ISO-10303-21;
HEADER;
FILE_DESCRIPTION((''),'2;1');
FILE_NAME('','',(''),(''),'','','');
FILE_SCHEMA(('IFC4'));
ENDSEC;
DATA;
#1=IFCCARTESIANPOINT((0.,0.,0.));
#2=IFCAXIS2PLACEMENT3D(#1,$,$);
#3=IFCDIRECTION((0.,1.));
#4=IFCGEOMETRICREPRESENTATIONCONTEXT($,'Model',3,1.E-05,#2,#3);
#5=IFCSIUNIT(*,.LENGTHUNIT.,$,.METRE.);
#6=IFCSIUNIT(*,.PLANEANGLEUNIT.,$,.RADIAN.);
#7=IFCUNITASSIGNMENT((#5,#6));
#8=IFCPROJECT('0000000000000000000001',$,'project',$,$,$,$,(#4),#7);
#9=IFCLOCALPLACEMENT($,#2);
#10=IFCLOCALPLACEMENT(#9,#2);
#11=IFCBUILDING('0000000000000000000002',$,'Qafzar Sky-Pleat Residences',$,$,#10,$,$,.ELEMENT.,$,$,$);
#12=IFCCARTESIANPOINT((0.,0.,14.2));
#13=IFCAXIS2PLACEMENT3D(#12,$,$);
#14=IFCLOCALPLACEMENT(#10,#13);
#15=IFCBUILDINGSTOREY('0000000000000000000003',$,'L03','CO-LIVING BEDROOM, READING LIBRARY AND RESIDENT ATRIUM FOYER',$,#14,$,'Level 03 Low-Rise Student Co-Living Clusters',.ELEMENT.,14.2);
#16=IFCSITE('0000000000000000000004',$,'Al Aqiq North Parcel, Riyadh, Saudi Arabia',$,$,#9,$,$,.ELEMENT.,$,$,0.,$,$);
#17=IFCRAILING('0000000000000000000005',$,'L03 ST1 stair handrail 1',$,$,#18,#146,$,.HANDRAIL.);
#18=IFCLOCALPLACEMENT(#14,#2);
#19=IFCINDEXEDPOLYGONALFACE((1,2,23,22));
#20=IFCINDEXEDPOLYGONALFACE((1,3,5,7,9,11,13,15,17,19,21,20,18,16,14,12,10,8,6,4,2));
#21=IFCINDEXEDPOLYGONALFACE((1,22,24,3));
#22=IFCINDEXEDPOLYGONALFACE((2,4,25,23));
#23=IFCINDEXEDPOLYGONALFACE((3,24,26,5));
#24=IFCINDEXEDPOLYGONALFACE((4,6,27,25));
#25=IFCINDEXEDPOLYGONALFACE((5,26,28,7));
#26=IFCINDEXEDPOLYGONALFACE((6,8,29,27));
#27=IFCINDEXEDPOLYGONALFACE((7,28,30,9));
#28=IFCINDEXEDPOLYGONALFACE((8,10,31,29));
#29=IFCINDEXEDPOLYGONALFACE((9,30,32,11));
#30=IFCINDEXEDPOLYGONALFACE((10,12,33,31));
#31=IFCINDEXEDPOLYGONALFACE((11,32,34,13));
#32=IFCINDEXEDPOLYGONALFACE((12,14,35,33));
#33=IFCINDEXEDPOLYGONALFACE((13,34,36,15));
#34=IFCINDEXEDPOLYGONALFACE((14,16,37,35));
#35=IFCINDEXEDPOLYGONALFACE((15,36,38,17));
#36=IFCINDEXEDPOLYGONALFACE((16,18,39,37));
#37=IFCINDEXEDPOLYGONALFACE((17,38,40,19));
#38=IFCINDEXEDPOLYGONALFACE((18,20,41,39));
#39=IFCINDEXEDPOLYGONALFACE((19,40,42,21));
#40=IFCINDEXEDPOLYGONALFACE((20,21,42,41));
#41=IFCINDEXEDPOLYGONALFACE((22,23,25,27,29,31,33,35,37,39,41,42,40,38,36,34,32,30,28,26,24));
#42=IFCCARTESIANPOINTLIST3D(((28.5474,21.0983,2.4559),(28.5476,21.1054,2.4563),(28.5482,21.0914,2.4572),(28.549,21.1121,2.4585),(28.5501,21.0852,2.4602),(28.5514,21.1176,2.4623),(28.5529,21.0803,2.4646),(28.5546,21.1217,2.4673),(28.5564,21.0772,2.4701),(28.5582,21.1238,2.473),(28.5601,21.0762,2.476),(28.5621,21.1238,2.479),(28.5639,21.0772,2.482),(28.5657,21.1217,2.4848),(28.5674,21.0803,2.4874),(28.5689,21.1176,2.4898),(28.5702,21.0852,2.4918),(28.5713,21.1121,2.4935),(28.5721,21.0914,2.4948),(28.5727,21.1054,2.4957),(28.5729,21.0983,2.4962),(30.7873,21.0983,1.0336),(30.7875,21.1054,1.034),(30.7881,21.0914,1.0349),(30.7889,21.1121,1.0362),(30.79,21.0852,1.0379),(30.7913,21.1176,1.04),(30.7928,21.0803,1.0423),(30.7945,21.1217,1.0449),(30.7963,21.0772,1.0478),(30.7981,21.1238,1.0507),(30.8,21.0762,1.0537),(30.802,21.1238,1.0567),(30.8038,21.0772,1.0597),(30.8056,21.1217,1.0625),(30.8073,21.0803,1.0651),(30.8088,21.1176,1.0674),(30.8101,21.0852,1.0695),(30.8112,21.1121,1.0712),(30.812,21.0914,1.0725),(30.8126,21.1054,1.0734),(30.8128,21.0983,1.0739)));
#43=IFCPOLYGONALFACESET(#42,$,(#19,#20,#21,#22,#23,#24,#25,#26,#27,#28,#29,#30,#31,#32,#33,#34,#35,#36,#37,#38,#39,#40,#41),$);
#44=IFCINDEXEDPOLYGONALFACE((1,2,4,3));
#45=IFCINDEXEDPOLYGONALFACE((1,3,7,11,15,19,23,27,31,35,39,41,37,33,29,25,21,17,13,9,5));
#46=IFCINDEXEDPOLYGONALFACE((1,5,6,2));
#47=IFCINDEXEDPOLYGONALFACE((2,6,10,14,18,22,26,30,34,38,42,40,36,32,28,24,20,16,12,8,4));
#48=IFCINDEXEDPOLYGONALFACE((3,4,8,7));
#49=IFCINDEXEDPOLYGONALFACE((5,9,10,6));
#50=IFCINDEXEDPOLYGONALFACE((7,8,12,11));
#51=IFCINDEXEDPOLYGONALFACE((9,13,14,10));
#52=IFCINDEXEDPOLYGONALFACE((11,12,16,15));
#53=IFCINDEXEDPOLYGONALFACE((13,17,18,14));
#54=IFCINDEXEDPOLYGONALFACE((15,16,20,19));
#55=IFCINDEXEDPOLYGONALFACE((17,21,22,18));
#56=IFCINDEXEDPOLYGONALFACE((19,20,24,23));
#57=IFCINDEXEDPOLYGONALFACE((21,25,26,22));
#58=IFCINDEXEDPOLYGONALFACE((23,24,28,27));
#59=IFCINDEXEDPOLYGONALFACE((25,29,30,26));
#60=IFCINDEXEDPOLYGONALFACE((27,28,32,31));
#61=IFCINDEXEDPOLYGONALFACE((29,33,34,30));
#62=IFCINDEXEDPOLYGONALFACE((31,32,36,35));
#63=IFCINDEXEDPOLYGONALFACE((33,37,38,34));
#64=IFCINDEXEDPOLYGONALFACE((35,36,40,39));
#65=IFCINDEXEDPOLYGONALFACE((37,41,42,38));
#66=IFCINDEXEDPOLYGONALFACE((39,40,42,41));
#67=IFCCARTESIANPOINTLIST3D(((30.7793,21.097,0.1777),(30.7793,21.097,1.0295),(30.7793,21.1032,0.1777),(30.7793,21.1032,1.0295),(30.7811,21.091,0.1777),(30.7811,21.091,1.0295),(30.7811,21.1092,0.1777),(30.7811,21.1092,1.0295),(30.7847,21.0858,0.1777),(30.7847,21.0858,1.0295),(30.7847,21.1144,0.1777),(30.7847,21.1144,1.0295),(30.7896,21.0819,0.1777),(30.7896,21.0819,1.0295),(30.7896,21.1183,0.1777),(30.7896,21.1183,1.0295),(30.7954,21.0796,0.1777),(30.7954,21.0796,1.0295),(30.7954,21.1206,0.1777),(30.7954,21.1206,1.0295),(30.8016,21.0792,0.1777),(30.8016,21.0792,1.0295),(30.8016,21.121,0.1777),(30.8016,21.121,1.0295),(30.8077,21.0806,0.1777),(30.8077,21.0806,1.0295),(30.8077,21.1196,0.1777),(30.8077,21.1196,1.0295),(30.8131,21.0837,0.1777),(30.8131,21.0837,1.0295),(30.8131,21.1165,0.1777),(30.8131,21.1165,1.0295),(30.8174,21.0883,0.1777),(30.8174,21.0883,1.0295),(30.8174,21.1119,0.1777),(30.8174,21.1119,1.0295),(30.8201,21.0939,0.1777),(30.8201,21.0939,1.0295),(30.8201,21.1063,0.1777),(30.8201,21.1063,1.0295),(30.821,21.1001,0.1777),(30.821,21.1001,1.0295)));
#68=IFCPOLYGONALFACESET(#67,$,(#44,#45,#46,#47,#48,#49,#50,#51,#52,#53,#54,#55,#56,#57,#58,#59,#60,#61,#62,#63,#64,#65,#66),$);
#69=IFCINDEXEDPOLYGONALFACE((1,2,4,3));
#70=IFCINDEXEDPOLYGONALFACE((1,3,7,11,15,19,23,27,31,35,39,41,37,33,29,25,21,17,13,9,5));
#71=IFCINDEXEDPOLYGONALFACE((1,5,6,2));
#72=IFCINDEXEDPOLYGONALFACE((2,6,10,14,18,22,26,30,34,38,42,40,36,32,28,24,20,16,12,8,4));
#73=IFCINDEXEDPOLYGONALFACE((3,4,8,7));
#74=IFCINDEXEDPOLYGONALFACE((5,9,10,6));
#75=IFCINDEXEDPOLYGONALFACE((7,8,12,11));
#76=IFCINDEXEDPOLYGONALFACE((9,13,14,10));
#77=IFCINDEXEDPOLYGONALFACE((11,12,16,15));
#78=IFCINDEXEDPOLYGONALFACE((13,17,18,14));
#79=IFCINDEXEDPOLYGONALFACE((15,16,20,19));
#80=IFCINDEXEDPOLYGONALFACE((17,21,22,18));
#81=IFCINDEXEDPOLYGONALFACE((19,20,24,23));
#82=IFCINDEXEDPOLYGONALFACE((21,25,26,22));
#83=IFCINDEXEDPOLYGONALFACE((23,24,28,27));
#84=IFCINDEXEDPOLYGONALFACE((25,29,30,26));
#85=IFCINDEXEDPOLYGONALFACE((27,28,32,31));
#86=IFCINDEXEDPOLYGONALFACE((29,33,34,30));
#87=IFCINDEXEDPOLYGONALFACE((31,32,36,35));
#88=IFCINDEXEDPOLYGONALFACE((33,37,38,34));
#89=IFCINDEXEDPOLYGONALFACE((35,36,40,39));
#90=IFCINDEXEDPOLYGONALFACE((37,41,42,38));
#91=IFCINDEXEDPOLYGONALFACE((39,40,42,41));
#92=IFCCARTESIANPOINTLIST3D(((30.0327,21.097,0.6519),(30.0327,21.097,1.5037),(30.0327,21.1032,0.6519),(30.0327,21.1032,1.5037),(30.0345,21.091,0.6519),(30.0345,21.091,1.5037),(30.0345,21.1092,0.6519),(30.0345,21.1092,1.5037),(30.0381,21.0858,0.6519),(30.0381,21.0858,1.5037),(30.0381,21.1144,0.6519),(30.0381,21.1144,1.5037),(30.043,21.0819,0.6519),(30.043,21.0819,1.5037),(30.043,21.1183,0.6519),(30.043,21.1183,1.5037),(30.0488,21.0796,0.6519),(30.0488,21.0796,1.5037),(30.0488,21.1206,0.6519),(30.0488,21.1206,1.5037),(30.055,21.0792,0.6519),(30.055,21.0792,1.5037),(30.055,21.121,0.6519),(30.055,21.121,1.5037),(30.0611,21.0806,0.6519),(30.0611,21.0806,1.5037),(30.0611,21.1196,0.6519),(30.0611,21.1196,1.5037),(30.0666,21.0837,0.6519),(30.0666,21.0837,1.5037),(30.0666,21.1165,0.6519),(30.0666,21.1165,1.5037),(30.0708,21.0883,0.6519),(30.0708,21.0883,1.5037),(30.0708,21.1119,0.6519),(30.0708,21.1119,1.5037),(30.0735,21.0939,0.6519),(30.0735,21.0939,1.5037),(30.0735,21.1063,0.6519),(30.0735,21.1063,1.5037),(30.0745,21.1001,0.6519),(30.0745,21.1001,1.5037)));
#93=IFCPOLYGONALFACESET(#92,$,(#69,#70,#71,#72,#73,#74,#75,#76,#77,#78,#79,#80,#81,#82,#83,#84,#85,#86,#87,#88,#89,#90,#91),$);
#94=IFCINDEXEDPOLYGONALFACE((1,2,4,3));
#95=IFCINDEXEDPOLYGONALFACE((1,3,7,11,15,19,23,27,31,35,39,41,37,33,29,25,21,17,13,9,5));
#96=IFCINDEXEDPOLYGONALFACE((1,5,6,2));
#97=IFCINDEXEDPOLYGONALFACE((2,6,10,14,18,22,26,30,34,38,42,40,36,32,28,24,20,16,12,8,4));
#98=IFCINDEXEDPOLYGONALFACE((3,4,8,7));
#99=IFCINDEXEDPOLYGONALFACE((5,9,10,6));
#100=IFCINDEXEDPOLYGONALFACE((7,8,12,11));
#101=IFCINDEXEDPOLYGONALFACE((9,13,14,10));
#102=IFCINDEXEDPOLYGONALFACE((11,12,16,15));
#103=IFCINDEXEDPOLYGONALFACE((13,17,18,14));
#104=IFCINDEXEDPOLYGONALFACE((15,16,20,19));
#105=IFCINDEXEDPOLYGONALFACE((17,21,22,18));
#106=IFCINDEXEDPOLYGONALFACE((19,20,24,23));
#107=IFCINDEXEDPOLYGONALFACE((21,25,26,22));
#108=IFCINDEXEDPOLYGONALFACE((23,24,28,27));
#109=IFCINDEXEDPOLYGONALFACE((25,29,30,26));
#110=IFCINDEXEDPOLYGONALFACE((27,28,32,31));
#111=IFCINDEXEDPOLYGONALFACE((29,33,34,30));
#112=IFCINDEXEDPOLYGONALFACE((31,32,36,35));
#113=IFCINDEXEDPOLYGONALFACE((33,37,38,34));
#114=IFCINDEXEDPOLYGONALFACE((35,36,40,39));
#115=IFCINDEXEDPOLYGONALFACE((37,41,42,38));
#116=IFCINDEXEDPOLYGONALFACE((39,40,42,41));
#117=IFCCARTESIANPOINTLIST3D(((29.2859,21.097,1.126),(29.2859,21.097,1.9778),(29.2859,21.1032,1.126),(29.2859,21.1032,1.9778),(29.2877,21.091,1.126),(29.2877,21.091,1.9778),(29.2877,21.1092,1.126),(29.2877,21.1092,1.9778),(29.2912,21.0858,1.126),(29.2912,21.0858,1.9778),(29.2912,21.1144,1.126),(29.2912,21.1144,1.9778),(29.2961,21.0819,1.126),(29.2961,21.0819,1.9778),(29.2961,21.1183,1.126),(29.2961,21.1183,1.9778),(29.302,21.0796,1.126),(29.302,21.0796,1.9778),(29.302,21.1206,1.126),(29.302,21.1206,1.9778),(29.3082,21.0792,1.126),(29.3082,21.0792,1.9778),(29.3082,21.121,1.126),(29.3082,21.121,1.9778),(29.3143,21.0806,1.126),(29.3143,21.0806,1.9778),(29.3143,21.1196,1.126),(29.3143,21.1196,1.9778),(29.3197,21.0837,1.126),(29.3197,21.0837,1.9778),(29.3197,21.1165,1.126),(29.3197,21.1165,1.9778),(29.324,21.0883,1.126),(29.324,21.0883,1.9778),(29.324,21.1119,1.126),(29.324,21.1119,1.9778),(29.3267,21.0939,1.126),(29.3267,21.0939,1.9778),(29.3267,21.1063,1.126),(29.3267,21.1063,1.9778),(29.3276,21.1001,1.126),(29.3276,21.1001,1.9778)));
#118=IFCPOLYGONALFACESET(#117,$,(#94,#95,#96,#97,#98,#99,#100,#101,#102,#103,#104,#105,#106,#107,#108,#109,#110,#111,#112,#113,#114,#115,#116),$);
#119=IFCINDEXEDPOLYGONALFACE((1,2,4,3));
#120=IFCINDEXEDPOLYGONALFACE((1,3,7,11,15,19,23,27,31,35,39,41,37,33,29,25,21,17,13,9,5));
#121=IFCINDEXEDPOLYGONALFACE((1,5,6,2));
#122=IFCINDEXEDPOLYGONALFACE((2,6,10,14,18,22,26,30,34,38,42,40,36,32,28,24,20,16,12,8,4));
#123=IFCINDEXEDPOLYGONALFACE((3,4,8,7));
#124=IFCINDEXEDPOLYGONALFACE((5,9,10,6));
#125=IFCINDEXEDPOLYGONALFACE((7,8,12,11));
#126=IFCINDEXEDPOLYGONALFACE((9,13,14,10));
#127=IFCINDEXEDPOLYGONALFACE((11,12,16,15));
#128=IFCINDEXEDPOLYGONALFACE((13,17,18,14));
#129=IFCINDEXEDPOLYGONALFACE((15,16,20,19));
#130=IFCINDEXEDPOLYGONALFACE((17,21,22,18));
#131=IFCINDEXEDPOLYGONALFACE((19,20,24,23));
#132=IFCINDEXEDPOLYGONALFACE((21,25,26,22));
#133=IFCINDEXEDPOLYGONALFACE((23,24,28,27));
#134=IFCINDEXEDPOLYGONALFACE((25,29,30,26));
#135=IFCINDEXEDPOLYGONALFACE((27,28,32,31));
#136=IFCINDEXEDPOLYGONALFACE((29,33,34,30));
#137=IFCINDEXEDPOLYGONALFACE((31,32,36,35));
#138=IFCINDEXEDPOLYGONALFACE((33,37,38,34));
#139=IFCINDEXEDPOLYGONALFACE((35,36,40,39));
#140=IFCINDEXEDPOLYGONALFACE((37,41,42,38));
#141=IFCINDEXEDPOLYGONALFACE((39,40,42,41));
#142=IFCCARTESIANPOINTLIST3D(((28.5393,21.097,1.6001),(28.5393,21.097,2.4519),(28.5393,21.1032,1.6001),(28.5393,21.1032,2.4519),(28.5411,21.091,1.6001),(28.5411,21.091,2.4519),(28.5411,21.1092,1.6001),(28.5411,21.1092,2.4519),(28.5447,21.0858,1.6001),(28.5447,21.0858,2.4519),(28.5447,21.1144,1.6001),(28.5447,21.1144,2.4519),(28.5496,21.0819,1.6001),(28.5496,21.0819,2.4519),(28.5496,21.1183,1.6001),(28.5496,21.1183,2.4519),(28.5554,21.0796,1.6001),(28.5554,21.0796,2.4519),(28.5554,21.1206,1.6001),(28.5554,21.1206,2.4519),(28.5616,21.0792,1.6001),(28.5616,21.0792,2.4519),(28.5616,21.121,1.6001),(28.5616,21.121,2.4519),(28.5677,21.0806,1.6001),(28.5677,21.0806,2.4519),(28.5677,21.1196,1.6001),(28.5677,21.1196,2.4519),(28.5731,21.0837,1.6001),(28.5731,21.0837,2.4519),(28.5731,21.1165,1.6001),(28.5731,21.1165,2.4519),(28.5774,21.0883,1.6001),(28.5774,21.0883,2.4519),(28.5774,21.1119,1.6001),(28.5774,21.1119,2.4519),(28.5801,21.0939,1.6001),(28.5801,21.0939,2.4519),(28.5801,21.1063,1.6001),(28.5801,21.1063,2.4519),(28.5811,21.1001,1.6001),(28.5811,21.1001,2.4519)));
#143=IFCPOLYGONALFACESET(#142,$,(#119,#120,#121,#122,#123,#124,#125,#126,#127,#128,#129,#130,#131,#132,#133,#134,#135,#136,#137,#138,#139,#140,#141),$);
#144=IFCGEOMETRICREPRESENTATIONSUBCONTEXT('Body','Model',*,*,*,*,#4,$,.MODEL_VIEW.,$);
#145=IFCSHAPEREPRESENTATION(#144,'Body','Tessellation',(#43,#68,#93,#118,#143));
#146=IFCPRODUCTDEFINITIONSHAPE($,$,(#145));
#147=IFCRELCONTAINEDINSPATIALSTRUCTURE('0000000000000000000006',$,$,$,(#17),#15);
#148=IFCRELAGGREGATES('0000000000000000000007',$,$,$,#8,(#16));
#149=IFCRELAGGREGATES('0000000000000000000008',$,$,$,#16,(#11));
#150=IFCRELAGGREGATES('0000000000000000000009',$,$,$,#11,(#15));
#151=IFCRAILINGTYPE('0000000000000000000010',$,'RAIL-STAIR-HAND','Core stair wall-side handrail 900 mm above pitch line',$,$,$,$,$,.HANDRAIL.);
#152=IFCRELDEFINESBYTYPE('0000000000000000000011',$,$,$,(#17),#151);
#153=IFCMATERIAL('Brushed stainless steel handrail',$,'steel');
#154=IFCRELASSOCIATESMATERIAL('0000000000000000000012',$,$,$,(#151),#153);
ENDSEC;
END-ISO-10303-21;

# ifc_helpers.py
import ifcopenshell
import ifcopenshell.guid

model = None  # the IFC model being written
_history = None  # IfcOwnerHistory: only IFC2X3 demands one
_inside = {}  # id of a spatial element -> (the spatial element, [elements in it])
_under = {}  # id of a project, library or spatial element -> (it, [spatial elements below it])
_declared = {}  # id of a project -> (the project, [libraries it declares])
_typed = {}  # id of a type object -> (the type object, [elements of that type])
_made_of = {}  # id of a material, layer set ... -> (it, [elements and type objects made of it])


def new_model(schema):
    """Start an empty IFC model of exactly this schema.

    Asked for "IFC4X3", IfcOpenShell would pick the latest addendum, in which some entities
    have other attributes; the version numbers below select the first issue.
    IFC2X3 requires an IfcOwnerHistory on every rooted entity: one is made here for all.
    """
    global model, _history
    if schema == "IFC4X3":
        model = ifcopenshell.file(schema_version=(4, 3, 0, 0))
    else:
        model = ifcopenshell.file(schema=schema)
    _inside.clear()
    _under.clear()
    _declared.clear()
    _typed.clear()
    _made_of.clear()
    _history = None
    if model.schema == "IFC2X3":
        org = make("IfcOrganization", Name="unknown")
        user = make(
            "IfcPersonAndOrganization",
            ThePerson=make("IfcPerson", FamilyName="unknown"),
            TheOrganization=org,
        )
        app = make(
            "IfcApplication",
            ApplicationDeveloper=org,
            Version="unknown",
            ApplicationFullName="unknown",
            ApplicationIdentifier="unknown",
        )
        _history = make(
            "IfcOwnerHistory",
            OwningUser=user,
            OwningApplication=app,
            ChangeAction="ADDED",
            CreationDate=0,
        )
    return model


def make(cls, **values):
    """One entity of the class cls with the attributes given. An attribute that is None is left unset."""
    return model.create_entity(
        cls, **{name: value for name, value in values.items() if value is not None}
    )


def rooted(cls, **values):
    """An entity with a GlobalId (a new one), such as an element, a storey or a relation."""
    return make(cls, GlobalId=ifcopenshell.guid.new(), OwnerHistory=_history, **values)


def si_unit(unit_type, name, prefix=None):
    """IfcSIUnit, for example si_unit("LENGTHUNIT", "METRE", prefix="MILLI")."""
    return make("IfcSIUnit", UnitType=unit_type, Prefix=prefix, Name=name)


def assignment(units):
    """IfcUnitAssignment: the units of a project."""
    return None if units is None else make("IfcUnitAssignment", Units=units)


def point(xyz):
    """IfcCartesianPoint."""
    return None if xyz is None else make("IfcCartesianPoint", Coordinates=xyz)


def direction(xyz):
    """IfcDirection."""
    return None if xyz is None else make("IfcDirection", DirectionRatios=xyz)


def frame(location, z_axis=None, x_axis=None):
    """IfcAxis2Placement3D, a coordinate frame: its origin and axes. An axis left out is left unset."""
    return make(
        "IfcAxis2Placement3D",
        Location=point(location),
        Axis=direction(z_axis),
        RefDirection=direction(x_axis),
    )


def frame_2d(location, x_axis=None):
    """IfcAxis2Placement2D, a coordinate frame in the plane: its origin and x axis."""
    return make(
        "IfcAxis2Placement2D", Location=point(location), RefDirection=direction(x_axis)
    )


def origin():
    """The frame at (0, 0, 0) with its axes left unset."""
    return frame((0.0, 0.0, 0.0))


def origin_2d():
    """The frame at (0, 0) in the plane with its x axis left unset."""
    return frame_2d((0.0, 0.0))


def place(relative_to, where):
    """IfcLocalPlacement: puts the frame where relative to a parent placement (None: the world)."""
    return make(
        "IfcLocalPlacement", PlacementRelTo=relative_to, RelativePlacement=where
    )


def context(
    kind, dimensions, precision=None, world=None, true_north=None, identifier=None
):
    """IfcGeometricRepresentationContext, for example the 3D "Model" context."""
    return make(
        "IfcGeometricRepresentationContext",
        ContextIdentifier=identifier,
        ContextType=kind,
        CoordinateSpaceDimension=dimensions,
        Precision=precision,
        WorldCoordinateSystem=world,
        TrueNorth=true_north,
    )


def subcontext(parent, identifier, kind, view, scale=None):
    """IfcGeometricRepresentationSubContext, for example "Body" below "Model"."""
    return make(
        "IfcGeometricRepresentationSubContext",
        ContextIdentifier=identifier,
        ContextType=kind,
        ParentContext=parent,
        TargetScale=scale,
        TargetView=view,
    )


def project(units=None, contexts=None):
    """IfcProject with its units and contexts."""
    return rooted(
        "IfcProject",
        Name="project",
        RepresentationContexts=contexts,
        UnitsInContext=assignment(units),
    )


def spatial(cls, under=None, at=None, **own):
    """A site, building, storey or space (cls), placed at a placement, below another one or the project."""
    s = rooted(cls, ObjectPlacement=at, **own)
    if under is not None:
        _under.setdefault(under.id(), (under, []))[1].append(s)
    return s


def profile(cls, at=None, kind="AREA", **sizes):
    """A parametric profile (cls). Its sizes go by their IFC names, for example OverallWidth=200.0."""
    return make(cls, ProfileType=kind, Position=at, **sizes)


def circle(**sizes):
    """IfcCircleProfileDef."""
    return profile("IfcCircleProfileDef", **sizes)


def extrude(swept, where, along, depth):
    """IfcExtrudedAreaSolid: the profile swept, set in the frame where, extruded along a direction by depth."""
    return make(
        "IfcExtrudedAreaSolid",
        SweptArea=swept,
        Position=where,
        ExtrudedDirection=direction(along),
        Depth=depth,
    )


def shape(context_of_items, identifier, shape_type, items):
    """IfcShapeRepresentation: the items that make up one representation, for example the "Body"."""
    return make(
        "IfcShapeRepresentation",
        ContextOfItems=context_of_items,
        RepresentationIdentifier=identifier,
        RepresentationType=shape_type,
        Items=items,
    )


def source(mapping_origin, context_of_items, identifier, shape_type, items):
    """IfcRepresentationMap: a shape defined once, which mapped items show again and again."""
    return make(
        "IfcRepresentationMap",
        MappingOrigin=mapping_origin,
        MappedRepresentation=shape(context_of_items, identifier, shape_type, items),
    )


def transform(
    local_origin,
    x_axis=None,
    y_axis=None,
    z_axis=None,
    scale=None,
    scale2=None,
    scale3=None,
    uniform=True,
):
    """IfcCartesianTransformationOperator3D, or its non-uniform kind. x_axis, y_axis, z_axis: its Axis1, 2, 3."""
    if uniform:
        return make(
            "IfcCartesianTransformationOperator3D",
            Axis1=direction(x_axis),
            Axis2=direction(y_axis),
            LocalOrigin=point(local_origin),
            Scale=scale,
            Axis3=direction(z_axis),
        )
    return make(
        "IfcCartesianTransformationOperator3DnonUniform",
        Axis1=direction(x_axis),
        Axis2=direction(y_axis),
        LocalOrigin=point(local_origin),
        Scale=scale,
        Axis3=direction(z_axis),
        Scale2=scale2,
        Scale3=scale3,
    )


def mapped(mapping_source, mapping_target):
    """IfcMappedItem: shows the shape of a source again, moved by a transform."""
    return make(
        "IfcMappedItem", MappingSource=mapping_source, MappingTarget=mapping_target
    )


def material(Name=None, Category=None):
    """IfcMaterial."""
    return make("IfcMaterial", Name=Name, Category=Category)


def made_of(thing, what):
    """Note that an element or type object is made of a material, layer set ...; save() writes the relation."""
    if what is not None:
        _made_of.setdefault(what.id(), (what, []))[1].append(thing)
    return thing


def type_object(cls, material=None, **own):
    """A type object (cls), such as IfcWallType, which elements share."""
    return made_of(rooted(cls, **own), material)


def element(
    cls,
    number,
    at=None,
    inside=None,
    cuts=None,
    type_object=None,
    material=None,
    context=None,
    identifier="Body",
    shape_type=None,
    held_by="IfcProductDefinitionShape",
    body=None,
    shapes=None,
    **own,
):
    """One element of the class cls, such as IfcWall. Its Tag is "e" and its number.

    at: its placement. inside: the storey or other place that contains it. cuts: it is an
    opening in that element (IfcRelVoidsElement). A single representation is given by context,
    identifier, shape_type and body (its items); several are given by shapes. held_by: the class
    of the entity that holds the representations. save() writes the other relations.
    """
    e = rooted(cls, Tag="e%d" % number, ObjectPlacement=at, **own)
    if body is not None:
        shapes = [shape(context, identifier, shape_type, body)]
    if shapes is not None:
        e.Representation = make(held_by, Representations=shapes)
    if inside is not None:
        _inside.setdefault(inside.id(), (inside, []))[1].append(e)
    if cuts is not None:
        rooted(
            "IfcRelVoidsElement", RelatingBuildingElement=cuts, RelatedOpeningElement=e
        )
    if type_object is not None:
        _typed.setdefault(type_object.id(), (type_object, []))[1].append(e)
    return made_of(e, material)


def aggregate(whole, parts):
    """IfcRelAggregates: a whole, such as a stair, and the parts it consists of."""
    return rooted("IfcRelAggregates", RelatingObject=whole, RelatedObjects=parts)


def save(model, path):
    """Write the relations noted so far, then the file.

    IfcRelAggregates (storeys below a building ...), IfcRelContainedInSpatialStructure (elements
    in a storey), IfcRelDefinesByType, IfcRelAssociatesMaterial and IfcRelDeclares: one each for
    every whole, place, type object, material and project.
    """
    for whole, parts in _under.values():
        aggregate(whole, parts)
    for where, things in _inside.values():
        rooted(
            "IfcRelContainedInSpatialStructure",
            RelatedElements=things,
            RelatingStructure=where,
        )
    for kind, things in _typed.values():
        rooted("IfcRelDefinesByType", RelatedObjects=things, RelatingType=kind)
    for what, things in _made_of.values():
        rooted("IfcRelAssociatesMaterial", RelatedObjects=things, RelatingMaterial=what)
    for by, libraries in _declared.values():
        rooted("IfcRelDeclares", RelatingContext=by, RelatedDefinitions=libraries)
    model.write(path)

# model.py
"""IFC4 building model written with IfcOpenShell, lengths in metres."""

from ifc_helpers import new_model, si_unit, direction, frame, origin, origin_2d, place, context, subcontext, project, spatial, circle, extrude, source, transform, mapped, material, type_object, element, save


model = new_model("IFC4")

# Units and contexts
model_context = context("Model", 3, precision=1e-05, world=origin(), true_north=direction((0.0, 1.0)))
body_context = subcontext(model_context, "Body", "Model", "MODEL_VIEW")
ifc_project = project(units=[si_unit("LENGTHUNIT", "METRE"), si_unit("PLANEANGLEUNIT", "RADIAN")], contexts=[model_context])

# Site, building, storey
site_placement = place(None, origin())
site = spatial("IfcSite", under=ifc_project, at=site_placement, Name="Al Aqiq North Parcel, Riyadh, Saudi Arabia", CompositionType="ELEMENT", RefElevation=0.0)
building_placement = place(site_placement, origin())
building = spatial("IfcBuilding", under=site, at=building_placement, Name="Qafzar Sky-Pleat Residences", CompositionType="ELEMENT")
storey_placement = place(building_placement, frame((0.0, 0.0, 14.2)))
storey = spatial("IfcBuildingStorey", under=building, at=storey_placement, Name="L03", Description="CO-LIVING BEDROOM, READING LIBRARY AND RESIDENT ATRIUM FOYER", LongName="Level 03 Low-Rise Student Co-Living Clusters", CompositionType="ELEMENT", Elevation=14.2)

# Railing
ifc_material_1 = material(Name="Brushed stainless steel handrail", Category="steel")
railing_type_1 = type_object("IfcRailingType", Name="RAIL-STAIR-HAND", Description="Core stair wall-side handrail 900 mm above pitch line", PredefinedType="HANDRAIL", material=ifc_material_1)
shared_shape_1 = source(origin(), body_context, "Body", "SweptSolid", [
    extrude(circle(Radius=0.0239, at=origin_2d()), frame((0.0, 0.0, 0.876), z_axis=(-0.844188, 0.0, 0.536048), x_axis=(0.0, -1.0, 0.0)), (0.0, 0.0, 1.0), 2.6533),
    extrude(circle(Radius=0.021, at=origin_2d()), origin(), (0.0, 0.0, 1.0), 0.8518),
    extrude(circle(Radius=0.021, at=origin_2d()), frame((-0.7466, 0.0, 0.4741)), (0.0, 0.0, 1.0), 0.8518),
    extrude(circle(Radius=0.021, at=origin_2d()), frame((-1.4934, 0.0, 0.9482)), (0.0, 0.0, 1.0), 0.8518),
    extrude(circle(Radius=0.021, at=origin_2d()), frame((-2.24, 0.0, 1.4224)), (0.0, 0.0, 1.0), 0.8518),
])
railing_1_placement = place(storey_placement, frame((30.8, 21.1001, 0.1777)))
element("IfcRailing", 1, at=railing_1_placement, inside=storey, type_object=railing_type_1, Name="L03 ST1 stair handrail 1", PredefinedType="HANDRAIL", context=body_context, shape_type="MappedRepresentation", body=[
    mapped(shared_shape_1, transform((0.0, 0.0, 0.0), x_axis=(1.0, 0.0, 0.0), y_axis=(0.0, 1.0, 0.0), z_axis=(0.0, 0.0, 1.0), scale=1.0)),
])

save(model, "model.ifc")
